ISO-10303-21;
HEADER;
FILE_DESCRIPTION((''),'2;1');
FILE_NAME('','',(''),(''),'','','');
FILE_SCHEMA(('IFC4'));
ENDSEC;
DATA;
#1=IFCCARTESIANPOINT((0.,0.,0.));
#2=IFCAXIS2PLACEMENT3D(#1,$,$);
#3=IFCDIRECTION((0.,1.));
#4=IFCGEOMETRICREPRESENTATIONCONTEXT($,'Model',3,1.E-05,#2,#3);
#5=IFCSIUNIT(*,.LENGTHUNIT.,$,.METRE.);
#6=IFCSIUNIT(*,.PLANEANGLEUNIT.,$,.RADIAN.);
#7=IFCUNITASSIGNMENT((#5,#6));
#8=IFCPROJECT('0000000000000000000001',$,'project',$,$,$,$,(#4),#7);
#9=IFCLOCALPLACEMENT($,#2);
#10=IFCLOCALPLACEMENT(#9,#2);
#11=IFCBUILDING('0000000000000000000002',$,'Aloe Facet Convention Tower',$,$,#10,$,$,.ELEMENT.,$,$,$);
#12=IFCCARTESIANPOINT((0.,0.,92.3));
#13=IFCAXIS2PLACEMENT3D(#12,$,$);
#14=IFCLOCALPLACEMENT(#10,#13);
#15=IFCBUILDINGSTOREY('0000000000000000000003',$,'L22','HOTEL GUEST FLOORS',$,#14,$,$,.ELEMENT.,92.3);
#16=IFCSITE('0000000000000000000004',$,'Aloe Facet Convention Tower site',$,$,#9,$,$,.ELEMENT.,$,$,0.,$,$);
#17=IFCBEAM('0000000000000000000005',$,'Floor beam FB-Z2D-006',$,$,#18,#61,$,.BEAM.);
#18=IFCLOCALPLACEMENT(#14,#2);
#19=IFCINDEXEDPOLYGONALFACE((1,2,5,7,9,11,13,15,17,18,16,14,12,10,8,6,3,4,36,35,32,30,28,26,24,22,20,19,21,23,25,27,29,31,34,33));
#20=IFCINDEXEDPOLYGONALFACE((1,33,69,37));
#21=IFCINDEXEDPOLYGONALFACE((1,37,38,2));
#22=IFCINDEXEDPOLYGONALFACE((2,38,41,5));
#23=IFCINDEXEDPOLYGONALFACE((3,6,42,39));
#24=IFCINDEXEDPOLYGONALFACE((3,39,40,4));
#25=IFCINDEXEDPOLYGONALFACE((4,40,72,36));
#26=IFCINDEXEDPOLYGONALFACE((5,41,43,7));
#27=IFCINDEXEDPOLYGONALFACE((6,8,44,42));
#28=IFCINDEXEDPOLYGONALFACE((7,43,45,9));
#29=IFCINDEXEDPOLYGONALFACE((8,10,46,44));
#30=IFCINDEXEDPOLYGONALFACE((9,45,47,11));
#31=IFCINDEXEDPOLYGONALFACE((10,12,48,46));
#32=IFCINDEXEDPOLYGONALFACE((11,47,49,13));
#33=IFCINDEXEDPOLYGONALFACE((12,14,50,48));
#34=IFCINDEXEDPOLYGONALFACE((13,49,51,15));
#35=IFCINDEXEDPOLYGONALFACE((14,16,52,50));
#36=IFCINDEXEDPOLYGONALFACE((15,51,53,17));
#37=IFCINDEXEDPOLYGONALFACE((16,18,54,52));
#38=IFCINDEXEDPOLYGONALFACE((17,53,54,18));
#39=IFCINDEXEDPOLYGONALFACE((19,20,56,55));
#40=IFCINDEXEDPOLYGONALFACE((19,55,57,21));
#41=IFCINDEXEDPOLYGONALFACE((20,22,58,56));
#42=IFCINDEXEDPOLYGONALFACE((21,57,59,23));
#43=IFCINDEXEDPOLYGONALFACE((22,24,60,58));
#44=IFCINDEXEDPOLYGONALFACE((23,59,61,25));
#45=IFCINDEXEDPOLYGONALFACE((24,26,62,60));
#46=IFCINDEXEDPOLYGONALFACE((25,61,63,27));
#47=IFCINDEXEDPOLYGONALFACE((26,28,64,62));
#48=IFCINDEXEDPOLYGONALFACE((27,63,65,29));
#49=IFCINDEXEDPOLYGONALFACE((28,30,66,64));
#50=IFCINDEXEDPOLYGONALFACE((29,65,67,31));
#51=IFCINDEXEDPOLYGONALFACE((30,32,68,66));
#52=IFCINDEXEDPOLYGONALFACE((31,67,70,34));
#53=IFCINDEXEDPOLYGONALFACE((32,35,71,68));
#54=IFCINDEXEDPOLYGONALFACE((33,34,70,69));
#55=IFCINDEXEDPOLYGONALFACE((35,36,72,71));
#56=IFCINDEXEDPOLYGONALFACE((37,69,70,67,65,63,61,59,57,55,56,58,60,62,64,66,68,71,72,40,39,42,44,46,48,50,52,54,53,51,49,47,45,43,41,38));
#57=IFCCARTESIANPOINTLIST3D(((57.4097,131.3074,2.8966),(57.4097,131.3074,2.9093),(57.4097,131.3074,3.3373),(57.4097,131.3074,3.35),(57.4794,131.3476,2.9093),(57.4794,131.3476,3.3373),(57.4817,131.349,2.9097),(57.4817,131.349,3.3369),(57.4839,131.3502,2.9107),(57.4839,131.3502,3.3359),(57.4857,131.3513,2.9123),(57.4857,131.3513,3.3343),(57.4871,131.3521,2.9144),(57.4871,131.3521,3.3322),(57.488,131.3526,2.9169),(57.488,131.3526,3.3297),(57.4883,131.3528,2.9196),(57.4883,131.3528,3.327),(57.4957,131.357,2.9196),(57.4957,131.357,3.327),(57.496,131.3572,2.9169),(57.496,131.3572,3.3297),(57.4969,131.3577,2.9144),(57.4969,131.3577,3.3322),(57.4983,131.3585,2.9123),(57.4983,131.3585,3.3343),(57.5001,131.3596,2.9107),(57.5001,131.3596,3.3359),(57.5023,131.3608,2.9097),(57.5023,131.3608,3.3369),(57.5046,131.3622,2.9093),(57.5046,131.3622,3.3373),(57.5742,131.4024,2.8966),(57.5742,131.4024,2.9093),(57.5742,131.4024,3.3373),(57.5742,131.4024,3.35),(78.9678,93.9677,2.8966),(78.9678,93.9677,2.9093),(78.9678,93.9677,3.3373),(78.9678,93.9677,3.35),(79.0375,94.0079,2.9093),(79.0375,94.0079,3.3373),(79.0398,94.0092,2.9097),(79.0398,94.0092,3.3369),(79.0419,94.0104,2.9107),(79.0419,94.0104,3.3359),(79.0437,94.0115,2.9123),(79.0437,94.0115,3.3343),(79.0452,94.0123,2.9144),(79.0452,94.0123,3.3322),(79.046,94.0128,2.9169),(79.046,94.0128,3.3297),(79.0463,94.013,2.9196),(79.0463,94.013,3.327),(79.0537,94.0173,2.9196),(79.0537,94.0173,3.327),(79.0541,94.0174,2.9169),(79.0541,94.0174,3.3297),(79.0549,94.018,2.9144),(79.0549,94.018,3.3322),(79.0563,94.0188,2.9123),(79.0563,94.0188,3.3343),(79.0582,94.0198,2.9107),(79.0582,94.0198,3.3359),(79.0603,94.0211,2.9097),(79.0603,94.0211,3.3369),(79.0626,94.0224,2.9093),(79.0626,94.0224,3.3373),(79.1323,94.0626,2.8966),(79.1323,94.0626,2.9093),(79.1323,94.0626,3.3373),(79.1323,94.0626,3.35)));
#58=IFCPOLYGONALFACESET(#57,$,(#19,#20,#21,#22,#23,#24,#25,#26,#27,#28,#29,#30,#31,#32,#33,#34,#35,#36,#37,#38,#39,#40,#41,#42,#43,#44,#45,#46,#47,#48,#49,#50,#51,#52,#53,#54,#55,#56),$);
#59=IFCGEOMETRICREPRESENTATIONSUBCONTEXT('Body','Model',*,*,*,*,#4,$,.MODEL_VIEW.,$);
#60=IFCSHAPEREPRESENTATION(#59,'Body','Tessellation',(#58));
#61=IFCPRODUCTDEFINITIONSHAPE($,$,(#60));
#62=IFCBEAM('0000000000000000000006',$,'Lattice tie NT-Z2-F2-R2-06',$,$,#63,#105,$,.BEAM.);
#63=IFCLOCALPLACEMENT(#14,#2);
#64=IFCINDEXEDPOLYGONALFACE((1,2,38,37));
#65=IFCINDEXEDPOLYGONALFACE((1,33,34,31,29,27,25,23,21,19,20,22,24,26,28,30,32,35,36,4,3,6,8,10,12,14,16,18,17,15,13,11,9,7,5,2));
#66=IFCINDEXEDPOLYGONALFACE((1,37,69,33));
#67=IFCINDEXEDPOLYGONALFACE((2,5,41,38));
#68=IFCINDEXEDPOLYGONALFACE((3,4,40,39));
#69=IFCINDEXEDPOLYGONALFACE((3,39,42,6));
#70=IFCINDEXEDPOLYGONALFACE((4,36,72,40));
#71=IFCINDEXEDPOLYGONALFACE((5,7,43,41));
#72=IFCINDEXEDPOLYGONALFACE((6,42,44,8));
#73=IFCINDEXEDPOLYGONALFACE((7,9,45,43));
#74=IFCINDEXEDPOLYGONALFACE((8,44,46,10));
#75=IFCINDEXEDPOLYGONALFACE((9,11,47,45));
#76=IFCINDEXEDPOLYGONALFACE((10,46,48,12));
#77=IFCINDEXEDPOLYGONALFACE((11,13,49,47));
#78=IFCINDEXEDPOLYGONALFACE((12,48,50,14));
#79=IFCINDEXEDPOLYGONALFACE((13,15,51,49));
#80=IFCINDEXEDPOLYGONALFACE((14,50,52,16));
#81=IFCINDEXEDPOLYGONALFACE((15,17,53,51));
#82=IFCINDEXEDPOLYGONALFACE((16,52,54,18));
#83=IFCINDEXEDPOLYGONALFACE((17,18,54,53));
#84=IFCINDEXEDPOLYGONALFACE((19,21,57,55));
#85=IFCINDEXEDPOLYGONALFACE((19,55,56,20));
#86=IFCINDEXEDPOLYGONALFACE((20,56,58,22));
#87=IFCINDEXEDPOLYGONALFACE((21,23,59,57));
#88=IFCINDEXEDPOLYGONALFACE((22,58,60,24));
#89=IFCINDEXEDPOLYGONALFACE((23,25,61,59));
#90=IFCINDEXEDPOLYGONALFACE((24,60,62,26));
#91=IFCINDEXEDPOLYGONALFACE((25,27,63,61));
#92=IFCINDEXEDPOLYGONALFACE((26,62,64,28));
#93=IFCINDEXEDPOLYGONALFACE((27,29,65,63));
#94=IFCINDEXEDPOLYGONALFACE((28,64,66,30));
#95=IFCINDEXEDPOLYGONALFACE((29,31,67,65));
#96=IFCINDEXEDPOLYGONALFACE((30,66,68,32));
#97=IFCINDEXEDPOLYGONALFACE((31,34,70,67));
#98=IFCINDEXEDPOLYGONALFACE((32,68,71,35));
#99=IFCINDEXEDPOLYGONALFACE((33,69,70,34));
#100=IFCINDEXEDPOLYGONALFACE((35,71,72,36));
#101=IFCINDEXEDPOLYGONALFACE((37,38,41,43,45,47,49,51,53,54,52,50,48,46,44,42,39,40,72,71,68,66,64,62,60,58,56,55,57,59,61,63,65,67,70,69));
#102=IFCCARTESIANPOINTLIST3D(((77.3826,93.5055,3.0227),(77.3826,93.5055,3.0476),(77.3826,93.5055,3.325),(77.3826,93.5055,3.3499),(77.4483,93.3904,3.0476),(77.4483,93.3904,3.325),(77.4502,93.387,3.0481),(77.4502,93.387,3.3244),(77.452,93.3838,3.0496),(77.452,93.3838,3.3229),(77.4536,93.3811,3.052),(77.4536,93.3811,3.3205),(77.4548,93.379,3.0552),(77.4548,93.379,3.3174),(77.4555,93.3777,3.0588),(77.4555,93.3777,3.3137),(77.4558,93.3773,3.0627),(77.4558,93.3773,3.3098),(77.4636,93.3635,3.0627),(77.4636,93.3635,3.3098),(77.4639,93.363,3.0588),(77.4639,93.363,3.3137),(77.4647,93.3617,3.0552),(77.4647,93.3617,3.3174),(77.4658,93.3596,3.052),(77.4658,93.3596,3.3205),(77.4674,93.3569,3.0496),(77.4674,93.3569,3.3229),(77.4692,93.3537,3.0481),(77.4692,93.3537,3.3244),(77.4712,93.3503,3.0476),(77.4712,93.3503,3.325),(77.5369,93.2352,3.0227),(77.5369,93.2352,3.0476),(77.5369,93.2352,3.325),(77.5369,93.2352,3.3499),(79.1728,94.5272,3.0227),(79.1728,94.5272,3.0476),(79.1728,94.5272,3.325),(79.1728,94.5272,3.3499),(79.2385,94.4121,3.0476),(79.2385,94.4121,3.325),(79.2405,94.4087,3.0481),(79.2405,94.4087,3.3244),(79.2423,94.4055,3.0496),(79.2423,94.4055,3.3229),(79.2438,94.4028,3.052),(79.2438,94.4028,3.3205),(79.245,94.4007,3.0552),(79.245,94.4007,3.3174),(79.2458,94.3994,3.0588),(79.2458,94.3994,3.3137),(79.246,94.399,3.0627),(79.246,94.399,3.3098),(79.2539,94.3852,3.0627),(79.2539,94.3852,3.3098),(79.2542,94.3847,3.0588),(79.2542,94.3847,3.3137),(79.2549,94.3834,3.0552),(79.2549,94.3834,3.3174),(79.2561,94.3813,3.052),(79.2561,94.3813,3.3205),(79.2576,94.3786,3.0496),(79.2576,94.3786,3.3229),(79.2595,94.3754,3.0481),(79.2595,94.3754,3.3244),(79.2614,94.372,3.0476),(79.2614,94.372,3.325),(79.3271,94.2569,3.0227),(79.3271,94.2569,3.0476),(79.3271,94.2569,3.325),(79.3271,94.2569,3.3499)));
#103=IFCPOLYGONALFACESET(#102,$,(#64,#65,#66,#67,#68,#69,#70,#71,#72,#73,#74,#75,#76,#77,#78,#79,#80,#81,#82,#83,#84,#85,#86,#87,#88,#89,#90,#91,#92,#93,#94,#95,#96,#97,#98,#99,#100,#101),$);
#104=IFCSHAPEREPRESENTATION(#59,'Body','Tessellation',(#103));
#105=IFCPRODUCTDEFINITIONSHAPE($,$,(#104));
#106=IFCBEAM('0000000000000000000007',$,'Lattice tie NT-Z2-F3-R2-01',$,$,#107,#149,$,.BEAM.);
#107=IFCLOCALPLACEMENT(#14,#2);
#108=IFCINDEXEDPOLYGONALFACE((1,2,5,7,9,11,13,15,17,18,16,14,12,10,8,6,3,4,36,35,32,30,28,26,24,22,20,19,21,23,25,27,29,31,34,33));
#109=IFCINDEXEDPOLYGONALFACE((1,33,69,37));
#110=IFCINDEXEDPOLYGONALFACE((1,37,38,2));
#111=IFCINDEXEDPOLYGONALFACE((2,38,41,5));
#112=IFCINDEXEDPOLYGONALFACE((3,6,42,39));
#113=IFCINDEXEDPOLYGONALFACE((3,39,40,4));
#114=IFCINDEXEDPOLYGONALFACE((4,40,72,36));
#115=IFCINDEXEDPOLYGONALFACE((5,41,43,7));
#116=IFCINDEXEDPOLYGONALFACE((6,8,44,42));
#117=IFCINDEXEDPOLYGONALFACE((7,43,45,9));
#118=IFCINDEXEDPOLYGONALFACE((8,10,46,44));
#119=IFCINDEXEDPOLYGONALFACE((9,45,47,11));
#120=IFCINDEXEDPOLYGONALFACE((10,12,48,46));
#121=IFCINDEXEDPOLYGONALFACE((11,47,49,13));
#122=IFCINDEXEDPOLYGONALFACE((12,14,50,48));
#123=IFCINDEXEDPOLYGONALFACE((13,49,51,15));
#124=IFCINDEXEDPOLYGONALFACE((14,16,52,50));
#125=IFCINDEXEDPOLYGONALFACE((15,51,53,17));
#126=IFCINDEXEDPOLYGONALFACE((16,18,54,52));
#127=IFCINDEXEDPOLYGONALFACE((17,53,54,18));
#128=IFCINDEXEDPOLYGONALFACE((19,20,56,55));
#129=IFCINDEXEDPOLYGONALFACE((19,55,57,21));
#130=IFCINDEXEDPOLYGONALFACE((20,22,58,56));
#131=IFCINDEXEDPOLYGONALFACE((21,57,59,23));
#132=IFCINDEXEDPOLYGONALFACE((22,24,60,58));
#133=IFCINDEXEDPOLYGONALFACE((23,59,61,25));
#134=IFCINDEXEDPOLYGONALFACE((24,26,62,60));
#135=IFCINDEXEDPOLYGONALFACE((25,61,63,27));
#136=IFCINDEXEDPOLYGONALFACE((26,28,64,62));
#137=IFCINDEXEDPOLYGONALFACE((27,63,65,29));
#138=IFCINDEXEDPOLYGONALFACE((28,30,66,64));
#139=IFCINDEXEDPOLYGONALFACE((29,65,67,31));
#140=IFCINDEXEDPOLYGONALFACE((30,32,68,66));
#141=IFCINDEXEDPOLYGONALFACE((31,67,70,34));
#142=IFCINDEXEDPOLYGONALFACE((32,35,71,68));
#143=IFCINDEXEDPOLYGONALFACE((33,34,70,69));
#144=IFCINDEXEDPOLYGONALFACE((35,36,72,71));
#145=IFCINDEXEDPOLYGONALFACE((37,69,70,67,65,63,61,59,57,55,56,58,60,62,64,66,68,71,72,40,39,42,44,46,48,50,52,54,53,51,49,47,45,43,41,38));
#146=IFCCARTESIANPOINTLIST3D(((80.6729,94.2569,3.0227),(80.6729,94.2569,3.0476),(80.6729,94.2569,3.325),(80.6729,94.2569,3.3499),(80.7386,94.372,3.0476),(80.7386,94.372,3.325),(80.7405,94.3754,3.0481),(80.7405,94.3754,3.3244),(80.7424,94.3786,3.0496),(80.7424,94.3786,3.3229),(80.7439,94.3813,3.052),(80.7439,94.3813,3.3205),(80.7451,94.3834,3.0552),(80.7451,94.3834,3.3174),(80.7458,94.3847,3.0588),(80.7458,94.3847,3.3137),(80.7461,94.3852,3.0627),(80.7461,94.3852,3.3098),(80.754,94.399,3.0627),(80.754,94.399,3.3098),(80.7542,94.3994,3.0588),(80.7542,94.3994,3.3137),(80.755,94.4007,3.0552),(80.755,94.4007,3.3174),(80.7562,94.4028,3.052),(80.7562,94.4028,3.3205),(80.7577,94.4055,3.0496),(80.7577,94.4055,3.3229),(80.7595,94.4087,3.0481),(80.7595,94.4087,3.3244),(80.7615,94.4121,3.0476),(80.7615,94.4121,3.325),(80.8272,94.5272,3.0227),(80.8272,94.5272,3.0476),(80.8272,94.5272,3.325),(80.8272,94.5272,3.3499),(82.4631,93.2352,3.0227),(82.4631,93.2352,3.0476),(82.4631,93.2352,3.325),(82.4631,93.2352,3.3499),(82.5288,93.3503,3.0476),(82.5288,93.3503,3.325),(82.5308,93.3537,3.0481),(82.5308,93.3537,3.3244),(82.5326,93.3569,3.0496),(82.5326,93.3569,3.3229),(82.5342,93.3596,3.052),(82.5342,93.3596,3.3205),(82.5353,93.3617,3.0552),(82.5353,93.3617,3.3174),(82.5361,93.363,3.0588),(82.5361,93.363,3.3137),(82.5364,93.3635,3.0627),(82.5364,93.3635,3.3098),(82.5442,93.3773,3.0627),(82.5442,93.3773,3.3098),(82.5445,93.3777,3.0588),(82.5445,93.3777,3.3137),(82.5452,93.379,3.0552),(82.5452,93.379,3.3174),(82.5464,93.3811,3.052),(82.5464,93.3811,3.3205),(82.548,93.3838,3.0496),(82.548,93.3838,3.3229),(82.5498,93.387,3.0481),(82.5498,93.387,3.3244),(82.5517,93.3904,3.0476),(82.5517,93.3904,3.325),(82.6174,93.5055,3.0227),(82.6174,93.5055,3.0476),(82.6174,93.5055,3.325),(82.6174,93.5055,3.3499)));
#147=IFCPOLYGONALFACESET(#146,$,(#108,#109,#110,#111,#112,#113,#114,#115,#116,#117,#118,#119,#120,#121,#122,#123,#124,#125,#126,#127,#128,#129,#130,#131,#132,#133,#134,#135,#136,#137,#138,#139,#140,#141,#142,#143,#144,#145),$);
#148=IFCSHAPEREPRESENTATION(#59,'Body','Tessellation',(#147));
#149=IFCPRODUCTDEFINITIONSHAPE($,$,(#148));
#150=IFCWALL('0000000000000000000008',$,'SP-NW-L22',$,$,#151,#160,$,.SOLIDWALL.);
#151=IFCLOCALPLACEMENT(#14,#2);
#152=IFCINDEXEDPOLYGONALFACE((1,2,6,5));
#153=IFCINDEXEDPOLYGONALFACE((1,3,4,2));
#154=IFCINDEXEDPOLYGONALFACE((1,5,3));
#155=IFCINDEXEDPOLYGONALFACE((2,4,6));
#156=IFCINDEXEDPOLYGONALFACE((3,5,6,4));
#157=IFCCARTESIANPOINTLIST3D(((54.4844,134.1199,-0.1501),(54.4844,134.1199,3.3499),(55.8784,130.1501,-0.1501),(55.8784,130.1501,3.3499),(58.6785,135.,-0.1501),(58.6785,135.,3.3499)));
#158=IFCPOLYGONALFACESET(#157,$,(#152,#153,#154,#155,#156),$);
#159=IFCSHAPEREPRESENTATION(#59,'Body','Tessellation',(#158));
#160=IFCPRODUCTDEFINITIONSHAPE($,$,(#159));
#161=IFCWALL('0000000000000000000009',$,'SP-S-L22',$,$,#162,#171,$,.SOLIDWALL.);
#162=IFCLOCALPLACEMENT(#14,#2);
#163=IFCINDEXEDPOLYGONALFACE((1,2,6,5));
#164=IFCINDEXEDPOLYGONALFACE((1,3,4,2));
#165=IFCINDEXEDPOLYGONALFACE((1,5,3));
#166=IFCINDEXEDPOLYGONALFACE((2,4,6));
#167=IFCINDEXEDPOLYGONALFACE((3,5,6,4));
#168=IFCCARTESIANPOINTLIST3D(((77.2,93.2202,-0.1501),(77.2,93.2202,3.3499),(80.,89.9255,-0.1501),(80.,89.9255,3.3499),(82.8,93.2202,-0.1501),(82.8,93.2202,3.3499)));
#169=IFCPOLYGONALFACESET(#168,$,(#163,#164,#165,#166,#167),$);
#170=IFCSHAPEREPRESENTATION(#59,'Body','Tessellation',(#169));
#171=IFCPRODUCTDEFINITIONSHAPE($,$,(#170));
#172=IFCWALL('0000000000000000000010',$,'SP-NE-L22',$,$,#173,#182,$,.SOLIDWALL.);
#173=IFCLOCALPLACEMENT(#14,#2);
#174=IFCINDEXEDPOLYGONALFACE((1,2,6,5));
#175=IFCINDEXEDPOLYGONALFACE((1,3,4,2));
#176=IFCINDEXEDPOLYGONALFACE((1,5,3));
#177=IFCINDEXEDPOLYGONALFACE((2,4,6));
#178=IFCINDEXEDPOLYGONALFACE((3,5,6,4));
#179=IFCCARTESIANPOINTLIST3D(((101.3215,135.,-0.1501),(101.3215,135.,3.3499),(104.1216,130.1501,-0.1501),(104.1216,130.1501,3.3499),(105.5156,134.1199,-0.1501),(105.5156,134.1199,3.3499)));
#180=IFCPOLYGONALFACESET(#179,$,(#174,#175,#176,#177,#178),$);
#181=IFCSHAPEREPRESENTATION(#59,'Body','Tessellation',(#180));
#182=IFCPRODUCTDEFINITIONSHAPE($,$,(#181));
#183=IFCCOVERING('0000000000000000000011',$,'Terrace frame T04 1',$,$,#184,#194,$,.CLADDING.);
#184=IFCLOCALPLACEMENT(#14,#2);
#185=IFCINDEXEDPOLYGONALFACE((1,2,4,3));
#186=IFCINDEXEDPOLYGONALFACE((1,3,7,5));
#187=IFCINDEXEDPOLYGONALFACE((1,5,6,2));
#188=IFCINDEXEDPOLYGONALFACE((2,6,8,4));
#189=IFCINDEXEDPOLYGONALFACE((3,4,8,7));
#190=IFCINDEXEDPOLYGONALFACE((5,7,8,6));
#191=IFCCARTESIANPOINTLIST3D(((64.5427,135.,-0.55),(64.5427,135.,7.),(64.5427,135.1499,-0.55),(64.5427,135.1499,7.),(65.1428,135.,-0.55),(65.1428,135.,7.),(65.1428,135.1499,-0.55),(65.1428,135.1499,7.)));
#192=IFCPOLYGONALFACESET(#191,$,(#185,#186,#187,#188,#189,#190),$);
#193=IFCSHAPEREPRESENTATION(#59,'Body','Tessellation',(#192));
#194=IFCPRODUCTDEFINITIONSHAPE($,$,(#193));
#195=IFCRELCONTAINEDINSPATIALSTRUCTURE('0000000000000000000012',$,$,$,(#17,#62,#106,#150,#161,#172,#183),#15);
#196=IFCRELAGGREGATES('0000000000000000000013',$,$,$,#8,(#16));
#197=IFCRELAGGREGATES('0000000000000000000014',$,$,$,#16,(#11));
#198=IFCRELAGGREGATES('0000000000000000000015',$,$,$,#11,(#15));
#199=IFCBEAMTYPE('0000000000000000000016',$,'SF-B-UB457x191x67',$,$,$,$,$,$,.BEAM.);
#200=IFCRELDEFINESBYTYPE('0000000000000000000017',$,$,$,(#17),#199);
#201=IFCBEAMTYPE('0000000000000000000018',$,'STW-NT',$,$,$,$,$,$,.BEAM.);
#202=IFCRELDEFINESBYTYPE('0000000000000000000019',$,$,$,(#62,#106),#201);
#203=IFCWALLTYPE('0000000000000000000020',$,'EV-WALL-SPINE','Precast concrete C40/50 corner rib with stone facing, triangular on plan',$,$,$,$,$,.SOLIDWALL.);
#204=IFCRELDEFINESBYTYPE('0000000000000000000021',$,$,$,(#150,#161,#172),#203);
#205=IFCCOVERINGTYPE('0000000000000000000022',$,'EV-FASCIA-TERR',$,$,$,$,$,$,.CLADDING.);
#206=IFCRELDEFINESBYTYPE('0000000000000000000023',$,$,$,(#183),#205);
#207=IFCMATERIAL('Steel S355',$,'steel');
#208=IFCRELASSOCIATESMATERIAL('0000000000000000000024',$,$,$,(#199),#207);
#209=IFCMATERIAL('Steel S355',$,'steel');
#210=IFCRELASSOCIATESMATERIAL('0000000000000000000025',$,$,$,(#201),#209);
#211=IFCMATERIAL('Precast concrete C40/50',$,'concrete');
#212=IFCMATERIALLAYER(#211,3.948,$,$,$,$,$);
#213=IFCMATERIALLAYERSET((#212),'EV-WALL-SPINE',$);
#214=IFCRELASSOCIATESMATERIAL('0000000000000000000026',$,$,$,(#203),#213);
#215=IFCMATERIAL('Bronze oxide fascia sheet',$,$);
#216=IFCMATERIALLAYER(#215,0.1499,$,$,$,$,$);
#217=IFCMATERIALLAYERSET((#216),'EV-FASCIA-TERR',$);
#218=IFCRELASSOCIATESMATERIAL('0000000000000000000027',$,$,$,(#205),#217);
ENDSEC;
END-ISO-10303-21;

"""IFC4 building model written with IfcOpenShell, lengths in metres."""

from ifc_helpers import new_model, si_unit, direction, frame, origin, origin_2d, place, context, subcontext, project, spatial, polyline, i_section, outline, extrude, material, layer, layer_set, material_profile, profile_set, type_object, element, save


model = new_model("IFC4")

# Units and contexts
model_context = context("Model", 3, precision=1e-05, world=origin(), true_north=direction((0.0, 1.0)))
body_context = subcontext(model_context, "Body", "Model", "MODEL_VIEW")
ifc_project = project(units=[si_unit("LENGTHUNIT", "METRE"), si_unit("PLANEANGLEUNIT", "RADIAN")], contexts=[model_context])

# Site, building, storey
site_placement = place(None, origin())
site = spatial("IfcSite", under=ifc_project, at=site_placement, Name="Aloe Facet Convention Tower site", CompositionType="ELEMENT", RefElevation=0.0)
building_placement = place(site_placement, origin())
building = spatial("IfcBuilding", under=site, at=building_placement, Name="Aloe Facet Convention Tower", CompositionType="ELEMENT")
storey_placement = place(building_placement, frame((0.0, 0.0, 92.3)))
storey = spatial("IfcBuildingStorey", under=building, at=storey_placement, Name="L22", Description="HOTEL GUEST FLOORS", CompositionType="ELEMENT", Elevation=92.3)

# Beams
ifc_material_1 = material(Name="Steel S355", Category="steel")
ifc_material_profile_1 = material_profile(ifc_material_1, i_section(OverallWidth=0.1899, OverallDepth=0.4534, WebThickness=0.0085, FlangeThickness=0.0127, FilletRadius=0.0103, at=origin_2d()), Name="UB 457x191x67")
ifc_profile_set_1 = profile_set([ifc_material_profile_1], Name="Steel S355")
beam_type_1 = type_object("IfcBeamType", Name="SF-B-UB457x191x67", PredefinedType="BEAM", material=ifc_profile_set_1)
beam_1_placement = place(storey_placement, frame((79.05, 94.0151, 3.1233), z_axis=(-0.499999, 0.866026, 0.0), x_axis=(-0.866026, -0.499999, 0.0)))
element("IfcBeam", 1, at=beam_1_placement, inside=storey, type_object=beam_type_1, Name="Floor beam FB-Z2D-006", PredefinedType="BEAM", context=body_context, shape_type="SweptSolid", body=[
    extrude(i_section(OverallWidth=0.1899, OverallDepth=0.4534, WebThickness=0.0085, FlangeThickness=0.0127, FilletRadius=0.0103, at=origin_2d()), origin(), (0.0, 0.0, 1.0), 43.1162),
])
ifc_material_2 = material(Name="Steel S355", Category="steel")
ifc_material_profile_2 = material_profile(ifc_material_2, i_section(OverallWidth=0.3113, OverallDepth=0.3271, WebThickness=0.0159, FlangeThickness=0.0249, FilletRadius=0.0151, at=origin_2d()), Name="UC 305x305x158")
ifc_profile_set_2 = profile_set([ifc_material_profile_2], Name="Steel S355")
beam_type_2 = type_object("IfcBeamType", Name="STW-NT", PredefinedType="BEAM", material=ifc_profile_set_2)
for number, where, z_axis, x_axis, name in (
    (2, (77.4597, 93.3704, 3.1863), (0.868513, 0.495667, 0.0), (-0.495667, 0.868513, 0.0), "Lattice tie NT-Z2-F2-R2-06"),
    (3, (82.5403, 93.3704, 3.1863), (-0.868513, 0.495667, 0.0), (-0.495667, -0.868513, 0.0), "Lattice tie NT-Z2-F3-R2-01"),
):
    element("IfcBeam", number, at=place(storey_placement, frame(where, z_axis=z_axis, x_axis=x_axis)), inside=storey, type_object=beam_type_2, Name=name, PredefinedType="BEAM", context=body_context, shape_type="SweptSolid", body=[
        extrude(i_section(OverallWidth=0.3113, OverallDepth=0.3271, WebThickness=0.0159, FlangeThickness=0.0249, FilletRadius=0.0151, at=origin_2d()), origin(), (0.0, 0.0, 1.0), 2.0613),
    ])

# Walls
ifc_material_3 = material(Name="Precast concrete C40/50", Category="concrete")
ifc_layer_1 = layer(ifc_material_3, 3.948)
ifc_layer_set_1 = layer_set([ifc_layer_1], Name="EV-WALL-SPINE")
wall_type_1 = type_object("IfcWallType", Name="EV-WALL-SPINE", Description="Precast concrete C40/50 corner rib with stone facing, triangular on plan", PredefinedType="SOLIDWALL", material=ifc_layer_set_1)
wall_1_placement = place(storey_placement, frame((0.0, 0.0, -0.1501)))
element("IfcWall", 4, at=wall_1_placement, inside=storey, type_object=wall_type_1, Name="SP-NW-L22", PredefinedType="SOLIDWALL", context=body_context, shape_type="SweptSolid", body=[
    extrude(outline(polyline([(58.6785, 135.0), (54.4844, 134.1199), (55.8784, 130.1501), (58.6785, 135.0)])), origin(), (0.0, 0.0, 1.0), 3.5),
])
wall_2_placement = place(storey_placement, frame((0.0, 0.0, -0.1501)))
element("IfcWall", 5, at=wall_2_placement, inside=storey, type_object=wall_type_1, Name="SP-S-L22", PredefinedType="SOLIDWALL", context=body_context, shape_type="SweptSolid", body=[
    extrude(outline(polyline([(77.2, 93.2202), (80.0, 89.9255), (82.8, 93.2202), (77.2, 93.2202)])), origin(), (0.0, 0.0, 1.0), 3.5),
])
wall_3_placement = place(storey_placement, frame((0.0, 0.0, -0.1501)))
element("IfcWall", 6, at=wall_3_placement, inside=storey, type_object=wall_type_1, Name="SP-NE-L22", PredefinedType="SOLIDWALL", context=body_context, shape_type="SweptSolid", body=[
    extrude(outline(polyline([(104.1216, 130.1501), (105.5156, 134.1199), (101.3215, 135.0), (104.1216, 130.1501)])), origin(), (0.0, 0.0, 1.0), 3.5),
])

# Covering
ifc_material_4 = material(Name="Bronze oxide fascia sheet")
ifc_layer_2 = layer(ifc_material_4, 0.1499)
ifc_layer_set_2 = layer_set([ifc_layer_2], Name="EV-FASCIA-TERR")
covering_type = type_object("IfcCoveringType", Name="EV-FASCIA-TERR", PredefinedType="CLADDING", material=ifc_layer_set_2)
covering_1_placement = place(storey_placement, frame((0.0, 0.0, -0.55)))
element("IfcCovering", 7, at=covering_1_placement, inside=storey, type_object=covering_type, Name="Terrace frame T04 1", PredefinedType="CLADDING", context=body_context, shape_type="SweptSolid", body=[
    extrude(outline(polyline([(65.1428, 135.1499), (64.5427, 135.1499), (64.5427, 135.0), (65.1428, 135.0), (65.1428, 135.1499)])), origin(), (0.0, 0.0, 1.0), 7.55),
])

save(model, "model.ifc")
